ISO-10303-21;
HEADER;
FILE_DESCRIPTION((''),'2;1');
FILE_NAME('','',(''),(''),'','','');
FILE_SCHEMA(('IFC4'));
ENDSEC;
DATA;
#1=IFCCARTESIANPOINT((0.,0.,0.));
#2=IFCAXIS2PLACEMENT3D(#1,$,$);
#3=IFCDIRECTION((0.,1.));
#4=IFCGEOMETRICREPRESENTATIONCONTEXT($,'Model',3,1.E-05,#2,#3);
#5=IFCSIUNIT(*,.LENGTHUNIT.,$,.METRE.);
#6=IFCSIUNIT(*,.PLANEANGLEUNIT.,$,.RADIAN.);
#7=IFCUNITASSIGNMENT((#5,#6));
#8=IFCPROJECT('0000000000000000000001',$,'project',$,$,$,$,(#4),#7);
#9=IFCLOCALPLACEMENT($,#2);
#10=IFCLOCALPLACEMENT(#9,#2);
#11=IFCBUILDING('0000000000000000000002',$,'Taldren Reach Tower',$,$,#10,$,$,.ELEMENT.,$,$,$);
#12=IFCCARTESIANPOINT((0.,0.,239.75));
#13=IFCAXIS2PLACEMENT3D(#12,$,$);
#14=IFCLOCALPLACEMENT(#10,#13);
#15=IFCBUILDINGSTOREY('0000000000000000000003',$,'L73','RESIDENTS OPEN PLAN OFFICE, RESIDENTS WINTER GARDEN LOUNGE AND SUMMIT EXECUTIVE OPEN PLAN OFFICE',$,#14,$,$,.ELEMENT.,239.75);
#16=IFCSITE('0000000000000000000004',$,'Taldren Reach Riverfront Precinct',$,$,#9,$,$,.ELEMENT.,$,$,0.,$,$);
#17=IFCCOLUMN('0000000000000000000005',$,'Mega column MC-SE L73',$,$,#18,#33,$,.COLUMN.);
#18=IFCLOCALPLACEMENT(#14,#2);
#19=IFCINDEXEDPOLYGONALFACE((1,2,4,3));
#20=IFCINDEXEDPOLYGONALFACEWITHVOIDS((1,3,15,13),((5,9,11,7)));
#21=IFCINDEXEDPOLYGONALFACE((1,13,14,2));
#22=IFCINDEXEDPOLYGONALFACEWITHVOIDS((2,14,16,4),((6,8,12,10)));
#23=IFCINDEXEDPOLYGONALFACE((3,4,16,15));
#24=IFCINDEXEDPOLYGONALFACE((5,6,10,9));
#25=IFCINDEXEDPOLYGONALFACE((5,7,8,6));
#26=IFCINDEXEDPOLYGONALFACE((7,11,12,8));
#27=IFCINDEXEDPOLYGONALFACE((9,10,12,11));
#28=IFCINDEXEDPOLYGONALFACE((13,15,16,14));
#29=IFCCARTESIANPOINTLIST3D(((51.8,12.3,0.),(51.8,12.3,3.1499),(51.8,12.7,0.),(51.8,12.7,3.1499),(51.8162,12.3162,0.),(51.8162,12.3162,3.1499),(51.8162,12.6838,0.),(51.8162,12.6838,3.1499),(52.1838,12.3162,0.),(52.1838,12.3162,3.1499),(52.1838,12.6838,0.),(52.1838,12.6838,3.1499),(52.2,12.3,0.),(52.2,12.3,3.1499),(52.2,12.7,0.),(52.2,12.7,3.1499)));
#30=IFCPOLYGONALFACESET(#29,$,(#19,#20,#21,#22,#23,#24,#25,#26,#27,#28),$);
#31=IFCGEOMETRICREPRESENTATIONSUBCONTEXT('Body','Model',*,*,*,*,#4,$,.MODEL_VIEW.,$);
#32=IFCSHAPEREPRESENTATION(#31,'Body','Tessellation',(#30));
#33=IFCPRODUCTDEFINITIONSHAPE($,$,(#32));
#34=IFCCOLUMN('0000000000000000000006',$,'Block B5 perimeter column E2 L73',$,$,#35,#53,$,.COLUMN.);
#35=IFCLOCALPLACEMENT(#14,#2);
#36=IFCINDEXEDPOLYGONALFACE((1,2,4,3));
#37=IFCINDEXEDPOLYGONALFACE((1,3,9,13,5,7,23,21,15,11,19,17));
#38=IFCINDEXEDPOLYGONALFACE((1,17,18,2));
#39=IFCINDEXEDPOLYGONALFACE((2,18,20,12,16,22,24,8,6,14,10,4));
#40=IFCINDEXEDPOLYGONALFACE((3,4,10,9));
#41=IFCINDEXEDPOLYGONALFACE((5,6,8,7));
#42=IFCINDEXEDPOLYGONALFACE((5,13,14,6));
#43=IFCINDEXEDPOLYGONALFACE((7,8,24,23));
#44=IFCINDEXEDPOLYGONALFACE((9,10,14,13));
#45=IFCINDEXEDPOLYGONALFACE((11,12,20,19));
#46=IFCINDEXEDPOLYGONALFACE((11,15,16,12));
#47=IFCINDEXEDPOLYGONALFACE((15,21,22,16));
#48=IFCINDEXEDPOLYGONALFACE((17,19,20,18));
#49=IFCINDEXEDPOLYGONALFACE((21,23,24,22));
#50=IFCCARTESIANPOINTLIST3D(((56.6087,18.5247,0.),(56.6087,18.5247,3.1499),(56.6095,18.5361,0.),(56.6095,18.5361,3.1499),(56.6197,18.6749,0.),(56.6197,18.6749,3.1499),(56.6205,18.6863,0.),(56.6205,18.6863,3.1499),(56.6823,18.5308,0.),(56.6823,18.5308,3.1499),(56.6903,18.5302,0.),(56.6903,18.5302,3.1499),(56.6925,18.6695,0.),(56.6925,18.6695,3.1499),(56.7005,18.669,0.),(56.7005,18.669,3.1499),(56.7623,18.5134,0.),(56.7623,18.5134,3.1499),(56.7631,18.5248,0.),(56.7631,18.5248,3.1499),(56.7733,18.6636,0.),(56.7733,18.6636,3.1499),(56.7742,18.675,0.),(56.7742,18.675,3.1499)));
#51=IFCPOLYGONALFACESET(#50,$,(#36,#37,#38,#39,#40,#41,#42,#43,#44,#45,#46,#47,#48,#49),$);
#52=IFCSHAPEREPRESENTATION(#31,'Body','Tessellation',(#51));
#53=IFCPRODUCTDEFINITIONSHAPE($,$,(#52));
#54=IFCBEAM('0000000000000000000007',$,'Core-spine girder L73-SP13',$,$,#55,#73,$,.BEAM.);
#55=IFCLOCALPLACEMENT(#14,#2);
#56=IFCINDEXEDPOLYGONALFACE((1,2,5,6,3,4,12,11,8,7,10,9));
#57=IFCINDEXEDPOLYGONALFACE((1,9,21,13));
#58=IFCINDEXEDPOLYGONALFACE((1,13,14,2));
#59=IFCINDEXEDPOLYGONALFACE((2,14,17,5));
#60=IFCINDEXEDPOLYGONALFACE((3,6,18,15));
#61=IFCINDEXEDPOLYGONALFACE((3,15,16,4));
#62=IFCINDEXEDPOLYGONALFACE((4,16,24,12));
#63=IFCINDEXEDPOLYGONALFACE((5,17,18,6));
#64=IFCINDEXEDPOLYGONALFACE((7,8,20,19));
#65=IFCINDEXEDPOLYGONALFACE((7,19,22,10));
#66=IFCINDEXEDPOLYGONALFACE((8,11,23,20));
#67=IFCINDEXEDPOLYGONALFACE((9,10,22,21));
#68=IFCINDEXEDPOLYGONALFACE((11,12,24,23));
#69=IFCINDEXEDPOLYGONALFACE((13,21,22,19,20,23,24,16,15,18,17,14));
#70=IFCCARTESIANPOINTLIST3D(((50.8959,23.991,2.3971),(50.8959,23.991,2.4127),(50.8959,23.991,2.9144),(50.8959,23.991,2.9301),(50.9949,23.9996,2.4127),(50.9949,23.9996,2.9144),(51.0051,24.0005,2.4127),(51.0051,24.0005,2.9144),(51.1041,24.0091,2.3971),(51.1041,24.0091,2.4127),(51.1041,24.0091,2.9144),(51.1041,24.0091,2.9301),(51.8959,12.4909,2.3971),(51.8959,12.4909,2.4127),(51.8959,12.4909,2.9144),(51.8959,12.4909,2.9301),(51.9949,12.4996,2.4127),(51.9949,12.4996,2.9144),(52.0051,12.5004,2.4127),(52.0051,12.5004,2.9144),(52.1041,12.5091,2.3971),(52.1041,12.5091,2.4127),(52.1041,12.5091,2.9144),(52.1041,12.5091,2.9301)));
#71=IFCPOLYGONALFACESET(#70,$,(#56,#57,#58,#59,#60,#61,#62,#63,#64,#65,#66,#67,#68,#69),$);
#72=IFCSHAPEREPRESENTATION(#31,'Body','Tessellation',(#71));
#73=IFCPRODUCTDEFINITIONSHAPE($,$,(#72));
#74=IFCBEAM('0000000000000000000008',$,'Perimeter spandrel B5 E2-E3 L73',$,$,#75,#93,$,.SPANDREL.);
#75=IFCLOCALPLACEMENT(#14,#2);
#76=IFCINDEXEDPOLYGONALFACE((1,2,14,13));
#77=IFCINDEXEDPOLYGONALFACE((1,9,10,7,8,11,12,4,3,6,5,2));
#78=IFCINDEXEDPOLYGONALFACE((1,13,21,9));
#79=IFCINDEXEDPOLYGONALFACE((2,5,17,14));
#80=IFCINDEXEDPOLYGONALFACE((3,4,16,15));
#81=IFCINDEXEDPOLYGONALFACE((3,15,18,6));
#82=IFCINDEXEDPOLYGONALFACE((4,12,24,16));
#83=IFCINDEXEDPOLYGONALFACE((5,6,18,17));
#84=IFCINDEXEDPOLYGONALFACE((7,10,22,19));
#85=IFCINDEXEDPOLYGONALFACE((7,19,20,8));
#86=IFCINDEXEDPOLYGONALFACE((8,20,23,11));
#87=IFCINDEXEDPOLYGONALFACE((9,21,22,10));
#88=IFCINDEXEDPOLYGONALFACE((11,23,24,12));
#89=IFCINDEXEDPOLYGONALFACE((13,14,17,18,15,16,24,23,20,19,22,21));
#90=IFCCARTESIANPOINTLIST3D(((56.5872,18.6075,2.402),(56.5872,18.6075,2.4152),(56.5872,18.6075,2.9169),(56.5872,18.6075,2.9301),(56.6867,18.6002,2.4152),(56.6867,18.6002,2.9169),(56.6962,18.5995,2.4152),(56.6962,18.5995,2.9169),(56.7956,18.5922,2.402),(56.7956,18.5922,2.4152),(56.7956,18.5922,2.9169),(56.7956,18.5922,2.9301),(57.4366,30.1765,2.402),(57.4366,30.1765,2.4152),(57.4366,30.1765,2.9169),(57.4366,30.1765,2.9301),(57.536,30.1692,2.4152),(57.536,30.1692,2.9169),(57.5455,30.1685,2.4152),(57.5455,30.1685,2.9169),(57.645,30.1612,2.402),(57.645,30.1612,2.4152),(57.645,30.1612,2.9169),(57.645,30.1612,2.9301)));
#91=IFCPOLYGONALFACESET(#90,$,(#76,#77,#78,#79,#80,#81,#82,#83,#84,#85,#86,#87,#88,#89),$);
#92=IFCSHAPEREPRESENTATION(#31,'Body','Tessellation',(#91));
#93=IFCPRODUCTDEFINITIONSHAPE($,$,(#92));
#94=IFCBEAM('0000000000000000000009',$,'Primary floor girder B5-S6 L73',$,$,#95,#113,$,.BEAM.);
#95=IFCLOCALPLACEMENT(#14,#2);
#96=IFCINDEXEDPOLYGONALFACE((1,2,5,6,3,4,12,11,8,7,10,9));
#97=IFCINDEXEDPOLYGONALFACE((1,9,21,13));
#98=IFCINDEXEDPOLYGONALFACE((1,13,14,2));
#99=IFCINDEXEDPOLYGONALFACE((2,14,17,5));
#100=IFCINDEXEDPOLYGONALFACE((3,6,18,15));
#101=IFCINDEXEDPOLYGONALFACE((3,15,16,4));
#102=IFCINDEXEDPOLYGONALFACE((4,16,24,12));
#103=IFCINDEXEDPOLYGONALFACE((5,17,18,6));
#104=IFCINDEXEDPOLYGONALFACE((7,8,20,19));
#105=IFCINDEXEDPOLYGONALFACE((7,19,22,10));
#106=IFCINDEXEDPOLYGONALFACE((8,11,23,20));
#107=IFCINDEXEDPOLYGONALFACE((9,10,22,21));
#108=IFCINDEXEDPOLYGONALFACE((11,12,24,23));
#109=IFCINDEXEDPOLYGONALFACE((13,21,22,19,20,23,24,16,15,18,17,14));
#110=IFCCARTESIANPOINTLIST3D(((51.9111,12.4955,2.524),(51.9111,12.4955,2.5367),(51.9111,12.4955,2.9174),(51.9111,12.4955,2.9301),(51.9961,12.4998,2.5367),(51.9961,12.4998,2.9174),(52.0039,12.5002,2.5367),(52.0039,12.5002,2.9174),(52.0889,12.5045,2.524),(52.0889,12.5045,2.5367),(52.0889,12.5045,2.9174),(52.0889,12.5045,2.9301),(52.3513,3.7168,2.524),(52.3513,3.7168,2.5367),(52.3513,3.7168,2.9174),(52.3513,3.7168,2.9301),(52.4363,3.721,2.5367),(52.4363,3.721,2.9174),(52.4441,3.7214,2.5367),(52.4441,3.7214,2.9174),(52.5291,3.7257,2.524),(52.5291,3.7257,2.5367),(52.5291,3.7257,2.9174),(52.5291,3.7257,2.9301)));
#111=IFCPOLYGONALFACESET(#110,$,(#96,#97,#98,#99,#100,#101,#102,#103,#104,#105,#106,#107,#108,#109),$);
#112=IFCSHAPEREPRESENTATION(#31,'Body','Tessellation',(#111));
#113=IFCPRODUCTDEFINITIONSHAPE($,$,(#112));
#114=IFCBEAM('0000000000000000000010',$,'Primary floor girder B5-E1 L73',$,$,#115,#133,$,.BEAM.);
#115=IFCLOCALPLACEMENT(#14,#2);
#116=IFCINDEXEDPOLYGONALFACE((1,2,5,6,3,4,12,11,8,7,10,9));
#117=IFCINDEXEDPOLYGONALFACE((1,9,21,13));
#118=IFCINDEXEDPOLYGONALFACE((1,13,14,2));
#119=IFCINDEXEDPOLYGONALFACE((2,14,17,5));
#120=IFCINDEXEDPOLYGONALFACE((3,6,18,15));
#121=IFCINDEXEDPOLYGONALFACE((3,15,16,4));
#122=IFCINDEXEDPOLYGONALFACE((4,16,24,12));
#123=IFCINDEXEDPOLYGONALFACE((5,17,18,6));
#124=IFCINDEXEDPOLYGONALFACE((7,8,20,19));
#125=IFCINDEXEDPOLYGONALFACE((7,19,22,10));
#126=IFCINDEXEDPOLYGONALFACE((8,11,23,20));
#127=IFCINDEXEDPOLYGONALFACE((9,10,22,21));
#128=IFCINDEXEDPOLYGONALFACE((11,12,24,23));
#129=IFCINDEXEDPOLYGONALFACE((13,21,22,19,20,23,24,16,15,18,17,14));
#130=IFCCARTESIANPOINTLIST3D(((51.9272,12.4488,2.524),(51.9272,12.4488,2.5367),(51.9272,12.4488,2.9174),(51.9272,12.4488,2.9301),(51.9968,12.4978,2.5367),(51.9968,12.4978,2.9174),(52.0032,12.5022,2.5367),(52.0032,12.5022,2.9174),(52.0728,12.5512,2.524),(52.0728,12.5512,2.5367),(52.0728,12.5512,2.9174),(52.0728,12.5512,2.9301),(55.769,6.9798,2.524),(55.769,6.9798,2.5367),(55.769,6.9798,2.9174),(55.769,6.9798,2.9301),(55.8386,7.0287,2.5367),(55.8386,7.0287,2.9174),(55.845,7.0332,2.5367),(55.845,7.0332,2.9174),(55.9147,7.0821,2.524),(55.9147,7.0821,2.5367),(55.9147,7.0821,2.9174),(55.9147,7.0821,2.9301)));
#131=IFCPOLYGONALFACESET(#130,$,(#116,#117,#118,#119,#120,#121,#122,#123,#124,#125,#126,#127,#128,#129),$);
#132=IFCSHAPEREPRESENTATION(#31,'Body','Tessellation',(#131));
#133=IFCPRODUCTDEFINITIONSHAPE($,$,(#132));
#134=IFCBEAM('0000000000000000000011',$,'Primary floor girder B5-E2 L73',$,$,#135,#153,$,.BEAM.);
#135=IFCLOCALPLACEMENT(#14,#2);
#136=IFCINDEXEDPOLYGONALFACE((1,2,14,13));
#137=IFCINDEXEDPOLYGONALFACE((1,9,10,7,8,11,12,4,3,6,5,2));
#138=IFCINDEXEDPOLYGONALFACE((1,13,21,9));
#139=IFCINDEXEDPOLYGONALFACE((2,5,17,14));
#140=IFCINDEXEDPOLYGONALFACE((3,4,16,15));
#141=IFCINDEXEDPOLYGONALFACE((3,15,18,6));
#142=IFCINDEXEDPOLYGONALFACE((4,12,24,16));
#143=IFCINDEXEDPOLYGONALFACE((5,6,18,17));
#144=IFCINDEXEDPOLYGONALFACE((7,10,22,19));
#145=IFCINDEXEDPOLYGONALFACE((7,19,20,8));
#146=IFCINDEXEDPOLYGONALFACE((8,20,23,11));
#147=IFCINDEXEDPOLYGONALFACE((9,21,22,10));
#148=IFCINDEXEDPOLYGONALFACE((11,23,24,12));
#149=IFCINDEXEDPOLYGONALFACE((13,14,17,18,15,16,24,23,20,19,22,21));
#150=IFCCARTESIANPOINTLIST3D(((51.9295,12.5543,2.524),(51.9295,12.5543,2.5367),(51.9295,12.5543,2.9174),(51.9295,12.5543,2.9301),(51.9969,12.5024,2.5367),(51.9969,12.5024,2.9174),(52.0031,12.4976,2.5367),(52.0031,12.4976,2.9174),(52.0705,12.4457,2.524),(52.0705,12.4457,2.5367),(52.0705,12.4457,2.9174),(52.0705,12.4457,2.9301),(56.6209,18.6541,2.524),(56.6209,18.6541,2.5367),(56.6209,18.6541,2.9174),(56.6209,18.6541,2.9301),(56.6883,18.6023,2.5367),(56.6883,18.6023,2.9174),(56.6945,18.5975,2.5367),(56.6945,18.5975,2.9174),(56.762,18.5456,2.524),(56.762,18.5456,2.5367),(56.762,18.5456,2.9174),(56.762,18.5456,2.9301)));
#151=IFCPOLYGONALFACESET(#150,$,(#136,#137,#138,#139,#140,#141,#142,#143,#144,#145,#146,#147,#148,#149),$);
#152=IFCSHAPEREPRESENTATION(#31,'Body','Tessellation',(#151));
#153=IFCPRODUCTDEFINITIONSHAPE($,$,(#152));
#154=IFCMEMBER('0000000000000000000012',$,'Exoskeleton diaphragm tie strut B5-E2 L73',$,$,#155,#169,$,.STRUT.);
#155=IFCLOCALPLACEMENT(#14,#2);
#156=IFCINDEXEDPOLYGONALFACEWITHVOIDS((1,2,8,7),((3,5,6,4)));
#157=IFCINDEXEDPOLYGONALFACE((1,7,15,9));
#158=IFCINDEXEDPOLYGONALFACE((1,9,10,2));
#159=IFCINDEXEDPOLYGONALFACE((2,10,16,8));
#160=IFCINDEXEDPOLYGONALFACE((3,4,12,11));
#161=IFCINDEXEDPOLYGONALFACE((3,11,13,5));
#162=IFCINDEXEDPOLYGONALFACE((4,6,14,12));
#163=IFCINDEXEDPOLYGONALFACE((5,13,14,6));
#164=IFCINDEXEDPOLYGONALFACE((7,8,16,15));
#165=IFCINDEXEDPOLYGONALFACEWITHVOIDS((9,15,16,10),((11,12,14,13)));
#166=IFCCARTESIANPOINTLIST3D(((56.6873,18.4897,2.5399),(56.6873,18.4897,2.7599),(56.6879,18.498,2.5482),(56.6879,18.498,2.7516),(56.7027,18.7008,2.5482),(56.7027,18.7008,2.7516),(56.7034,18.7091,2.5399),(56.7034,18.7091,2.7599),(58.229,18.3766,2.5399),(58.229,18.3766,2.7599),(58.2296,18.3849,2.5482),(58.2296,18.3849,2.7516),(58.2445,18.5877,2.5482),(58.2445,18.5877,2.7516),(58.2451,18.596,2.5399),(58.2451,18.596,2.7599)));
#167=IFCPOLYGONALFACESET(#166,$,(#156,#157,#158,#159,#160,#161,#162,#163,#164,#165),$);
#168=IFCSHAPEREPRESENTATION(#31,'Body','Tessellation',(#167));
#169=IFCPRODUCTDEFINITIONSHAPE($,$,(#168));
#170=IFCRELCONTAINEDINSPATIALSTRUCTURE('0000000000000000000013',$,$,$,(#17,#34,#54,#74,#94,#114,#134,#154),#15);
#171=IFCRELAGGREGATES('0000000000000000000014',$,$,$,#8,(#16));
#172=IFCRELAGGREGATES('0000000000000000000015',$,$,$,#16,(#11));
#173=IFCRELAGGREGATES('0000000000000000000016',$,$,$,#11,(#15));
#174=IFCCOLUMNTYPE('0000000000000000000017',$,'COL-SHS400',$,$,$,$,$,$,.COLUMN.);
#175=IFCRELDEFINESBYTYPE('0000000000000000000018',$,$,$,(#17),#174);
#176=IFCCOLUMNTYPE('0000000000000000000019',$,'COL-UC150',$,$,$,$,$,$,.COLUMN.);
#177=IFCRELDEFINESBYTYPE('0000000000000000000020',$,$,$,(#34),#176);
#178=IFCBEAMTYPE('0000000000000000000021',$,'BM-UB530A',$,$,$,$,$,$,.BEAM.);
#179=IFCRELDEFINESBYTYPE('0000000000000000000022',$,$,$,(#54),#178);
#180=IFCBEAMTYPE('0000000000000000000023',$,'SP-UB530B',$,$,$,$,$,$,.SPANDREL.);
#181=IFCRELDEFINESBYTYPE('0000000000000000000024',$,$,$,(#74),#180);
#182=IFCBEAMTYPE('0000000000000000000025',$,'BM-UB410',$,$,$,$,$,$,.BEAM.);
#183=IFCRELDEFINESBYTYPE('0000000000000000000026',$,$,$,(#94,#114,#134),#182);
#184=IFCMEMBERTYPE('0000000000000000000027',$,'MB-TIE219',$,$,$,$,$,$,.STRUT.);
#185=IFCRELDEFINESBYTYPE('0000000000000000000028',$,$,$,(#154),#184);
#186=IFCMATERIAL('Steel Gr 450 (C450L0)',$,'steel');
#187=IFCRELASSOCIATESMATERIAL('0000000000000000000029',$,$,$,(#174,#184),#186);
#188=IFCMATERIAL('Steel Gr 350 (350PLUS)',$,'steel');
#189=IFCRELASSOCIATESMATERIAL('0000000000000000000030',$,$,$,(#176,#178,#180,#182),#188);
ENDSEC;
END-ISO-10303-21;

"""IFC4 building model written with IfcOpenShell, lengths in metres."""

from ifc_helpers import new_model, si_unit, direction, frame, origin, origin_2d, place, context, subcontext, project, spatial, hollow_rectangle, i_section, extrude, source, transform, mapped, material, material_profile, profile_set, type_object, element, save


model = new_model("IFC4")

# Units and contexts
model_context = context("Model", 3, precision=1e-05, world=origin(), true_north=direction((0.0, 1.0)))
body_context = subcontext(model_context, "Body", "Model", "MODEL_VIEW")
ifc_project = project(units=[si_unit("LENGTHUNIT", "METRE"), si_unit("PLANEANGLEUNIT", "RADIAN")], contexts=[model_context])

# Site, building, storey
site_placement = place(None, origin())
site = spatial("IfcSite", under=ifc_project, at=site_placement, Name="Taldren Reach Riverfront Precinct", CompositionType="ELEMENT", RefElevation=0.0)
building_placement = place(site_placement, origin())
building = spatial("IfcBuilding", under=site, at=building_placement, Name="Taldren Reach Tower", CompositionType="ELEMENT")
storey_placement = place(building_placement, frame((0.0, 0.0, 239.75)))
storey = spatial("IfcBuildingStorey", under=building, at=storey_placement, Name="L73", Description="RESIDENTS OPEN PLAN OFFICE, RESIDENTS WINTER GARDEN LOUNGE AND SUMMIT EXECUTIVE OPEN PLAN OFFICE", CompositionType="ELEMENT", Elevation=239.75)

# Columns
ifc_material_1 = material(Name="Steel Gr 450 (C450L0)", Category="steel")
ifc_material_profile_1 = material_profile(ifc_material_1, hollow_rectangle(XDim=0.3999, YDim=0.3999, WallThickness=0.0161, at=origin_2d()), Name="400x400x16.0SHS")
ifc_profile_set_1 = profile_set([ifc_material_profile_1], Name="Steel Gr 450 (C450L0)")
column_type_1 = type_object("IfcColumnType", Name="COL-SHS400", PredefinedType="COLUMN", material=ifc_profile_set_1)
shared_shape_1 = source(origin(), body_context, "Body", "SweptSolid", [
    extrude(hollow_rectangle(XDim=0.3999, YDim=0.3999, WallThickness=0.0161, at=origin_2d()), origin(), (0.0, 0.0, 1.0), 3.1499),
])
column_1_placement = place(storey_placement, frame((52.0, 12.5, 0.0), z_axis=(0.0, 0.0, 1.0), x_axis=(1.0, 0.0, 0.0)))
element("IfcColumn", 1, at=column_1_placement, inside=storey, type_object=column_type_1, Name="Mega column MC-SE L73", PredefinedType="COLUMN", context=body_context, shape_type="MappedRepresentation", body=[
    mapped(shared_shape_1, transform((0.0, 0.0, 0.0), scale=1.0)),
])
ifc_material_2 = material(Name="Steel Gr 350 (350PLUS)", Category="steel")
ifc_material_profile_2 = material_profile(ifc_material_2, i_section(OverallWidth=0.1541, OverallDepth=0.1621, WebThickness=0.0081, FlangeThickness=0.0115, at=origin_2d()), Name="150UC37.2")
ifc_profile_set_2 = profile_set([ifc_material_profile_2], Name="Steel Gr 350 (350PLUS)")
column_type_2 = type_object("IfcColumnType", Name="COL-UC150", PredefinedType="COLUMN", material=ifc_profile_set_2)
shared_shape_2 = source(origin(), body_context, "Body", "SweptSolid", [
    extrude(i_section(OverallWidth=0.1541, OverallDepth=0.1621, WebThickness=0.0081, FlangeThickness=0.0115, at=origin_2d()), origin(), (0.0, 0.0, 1.0), 3.1499),
])
column_2_placement = place(storey_placement, frame((56.6914, 18.5999, 0.0), z_axis=(0.0, 0.0, 1.0), x_axis=(0.997314, -0.073238, 0.0)))
element("IfcColumn", 2, at=column_2_placement, inside=storey, type_object=column_type_2, Name="Block B5 perimeter column E2 L73", PredefinedType="COLUMN", context=body_context, shape_type="MappedRepresentation", body=[
    mapped(shared_shape_2, transform((0.0, 0.0, 0.0), scale=1.0)),
])

# Beams
ifc_material_profile_3 = material_profile(ifc_material_2, i_section(OverallWidth=0.209, OverallDepth=0.533, WebThickness=0.0103, FlangeThickness=0.0156, at=origin_2d()), Name="530UB92.4")
ifc_profile_set_3 = profile_set([ifc_material_profile_3], Name="Steel Gr 350 (350PLUS)")
beam_type_1 = type_object("IfcBeamType", Name="BM-UB530A", PredefinedType="BEAM", material=ifc_profile_set_3)
shared_shape_3 = source(origin(), body_context, "Body", "SweptSolid", [
    extrude(i_section(OverallWidth=0.209, OverallDepth=0.533, WebThickness=0.0103, FlangeThickness=0.0156, at=origin_2d()), origin(), (0.0, 0.0, 1.0), 11.5435),
])
beam_1_placement = place(storey_placement, frame((52.0, 12.5, 2.6636), z_axis=(-0.08663, 0.996241, 0.0), x_axis=(-0.996241, -0.08663, 0.0)))
element("IfcBeam", 3, at=beam_1_placement, inside=storey, type_object=beam_type_1, Name="Core-spine girder L73-SP13", PredefinedType="BEAM", context=body_context, shape_type="MappedRepresentation", body=[
    mapped(shared_shape_3, transform((0.0, 0.0, 0.0), scale=1.0)),
])
ifc_material_profile_4 = material_profile(ifc_material_2, i_section(OverallWidth=0.209, OverallDepth=0.5281, WebThickness=0.0095, FlangeThickness=0.0132, at=origin_2d()), Name="530UB82.0")
ifc_profile_set_4 = profile_set([ifc_material_profile_4], Name="Steel Gr 350 (350PLUS)")
beam_type_2 = type_object("IfcBeamType", Name="SP-UB530B", PredefinedType="SPANDREL", material=ifc_profile_set_4)
shared_shape_4 = source(origin(), body_context, "Body", "SweptSolid", [
    extrude(i_section(OverallWidth=0.209, OverallDepth=0.5281, WebThickness=0.0095, FlangeThickness=0.0132, at=origin_2d()), origin(), (0.0, 0.0, 1.0), 11.6001),
])
beam_2_placement = place(storey_placement, frame((56.6914, 18.5999, 2.666), z_axis=(0.073221, 0.997316, 0.0), x_axis=(-0.997316, 0.073221, 0.0)))
element("IfcBeam", 4, at=beam_2_placement, inside=storey, type_object=beam_type_2, Name="Perimeter spandrel B5 E2-E3 L73", PredefinedType="SPANDREL", context=body_context, shape_type="MappedRepresentation", body=[
    mapped(shared_shape_4, transform((0.0, 0.0, 0.0), scale=1.0)),
])
ifc_material_profile_5 = material_profile(ifc_material_2, i_section(OverallWidth=0.178, OverallDepth=0.406, WebThickness=0.0078, FlangeThickness=0.0127, at=origin_2d()), Name="410UB59.7")
ifc_profile_set_5 = profile_set([ifc_material_profile_5], Name="Steel Gr 350 (350PLUS)")
beam_type_3 = type_object("IfcBeamType", Name="BM-UB410", PredefinedType="BEAM", material=ifc_profile_set_5)
shared_shape_5 = source(origin(), body_context, "Body", "SweptSolid", [
    extrude(i_section(OverallWidth=0.178, OverallDepth=0.406, WebThickness=0.0078, FlangeThickness=0.0127, at=origin_2d()), origin(), (0.0, 0.0, 1.0), 8.7898),
])
beam_3_placement = place(storey_placement, frame((52.0, 12.5, 2.7271), z_axis=(0.050079, -0.998745, 0.0), x_axis=(0.998745, 0.050079, 0.0)))
element("IfcBeam", 5, at=beam_3_placement, inside=storey, type_object=beam_type_3, Name="Primary floor girder B5-S6 L73", PredefinedType="BEAM", context=body_context, shape_type="MappedRepresentation", body=[
    mapped(shared_shape_5, transform((0.0, 0.0, 0.0), scale=1.0)),
])
shared_shape_6 = source(origin(), body_context, "Body", "SweptSolid", [
    extrude(i_section(OverallWidth=0.178, OverallDepth=0.406, WebThickness=0.0078, FlangeThickness=0.0127, at=origin_2d()), origin(), (0.0, 0.0, 1.0), 6.6836),
])
beam_4_placement = place(storey_placement, frame((52.0, 12.5, 2.7271), z_axis=(0.574817, -0.818282, 0.0), x_axis=(0.818282, 0.574817, 0.0)))
element("IfcBeam", 6, at=beam_4_placement, inside=storey, type_object=beam_type_3, Name="Primary floor girder B5-E1 L73", PredefinedType="BEAM", context=body_context, shape_type="MappedRepresentation", body=[
    mapped(shared_shape_6, transform((0.0, 0.0, 0.0), scale=1.0)),
])
shared_shape_7 = source(origin(), body_context, "Body", "SweptSolid", [
    extrude(i_section(OverallWidth=0.178, OverallDepth=0.406, WebThickness=0.0078, FlangeThickness=0.0127, at=origin_2d()), origin(), (0.0, 0.0, 1.0), 7.6953),
])
beam_5_placement = place(storey_placement, frame((52.0, 12.5, 2.7271), z_axis=(0.609646, 0.792674, 0.0), x_axis=(-0.792674, 0.609646, 0.0)))
element("IfcBeam", 7, at=beam_5_placement, inside=storey, type_object=beam_type_3, Name="Primary floor girder B5-E2 L73", PredefinedType="BEAM", context=body_context, shape_type="MappedRepresentation", body=[
    mapped(shared_shape_7, transform((0.0, 0.0, 0.0), scale=1.0)),
])

# Member
ifc_material_profile_6 = material_profile(ifc_material_1, hollow_rectangle(XDim=0.22, YDim=0.22, WallThickness=0.0083, at=origin_2d()), Name="220x220x8.2SHS")
ifc_profile_set_6 = profile_set([ifc_material_profile_6], Name="Steel Gr 450 (C450L0)")
member_type_1 = type_object("IfcMemberType", Name="MB-TIE219", PredefinedType="STRUT", material=ifc_profile_set_6)
shared_shape_8 = source(origin(), body_context, "Body", "SweptSolid", [
    extrude(hollow_rectangle(XDim=0.22, YDim=0.22, WallThickness=0.0083, at=origin_2d()), origin(), (0.0, 0.0, 1.0), 1.5459),
])
member_1_placement = place(storey_placement, frame((56.6953, 18.5994, 2.6499), z_axis=(0.997323, -0.073121, 0.0), x_axis=(0.073121, 0.997323, 0.0)))
element("IfcMember", 8, at=member_1_placement, inside=storey, type_object=member_type_1, Name="Exoskeleton diaphragm tie strut B5-E2 L73", PredefinedType="STRUT", context=body_context, shape_type="MappedRepresentation", body=[
    mapped(shared_shape_8, transform((0.0, 0.0, 0.0), scale=1.0)),
])

save(model, "model.ifc")
